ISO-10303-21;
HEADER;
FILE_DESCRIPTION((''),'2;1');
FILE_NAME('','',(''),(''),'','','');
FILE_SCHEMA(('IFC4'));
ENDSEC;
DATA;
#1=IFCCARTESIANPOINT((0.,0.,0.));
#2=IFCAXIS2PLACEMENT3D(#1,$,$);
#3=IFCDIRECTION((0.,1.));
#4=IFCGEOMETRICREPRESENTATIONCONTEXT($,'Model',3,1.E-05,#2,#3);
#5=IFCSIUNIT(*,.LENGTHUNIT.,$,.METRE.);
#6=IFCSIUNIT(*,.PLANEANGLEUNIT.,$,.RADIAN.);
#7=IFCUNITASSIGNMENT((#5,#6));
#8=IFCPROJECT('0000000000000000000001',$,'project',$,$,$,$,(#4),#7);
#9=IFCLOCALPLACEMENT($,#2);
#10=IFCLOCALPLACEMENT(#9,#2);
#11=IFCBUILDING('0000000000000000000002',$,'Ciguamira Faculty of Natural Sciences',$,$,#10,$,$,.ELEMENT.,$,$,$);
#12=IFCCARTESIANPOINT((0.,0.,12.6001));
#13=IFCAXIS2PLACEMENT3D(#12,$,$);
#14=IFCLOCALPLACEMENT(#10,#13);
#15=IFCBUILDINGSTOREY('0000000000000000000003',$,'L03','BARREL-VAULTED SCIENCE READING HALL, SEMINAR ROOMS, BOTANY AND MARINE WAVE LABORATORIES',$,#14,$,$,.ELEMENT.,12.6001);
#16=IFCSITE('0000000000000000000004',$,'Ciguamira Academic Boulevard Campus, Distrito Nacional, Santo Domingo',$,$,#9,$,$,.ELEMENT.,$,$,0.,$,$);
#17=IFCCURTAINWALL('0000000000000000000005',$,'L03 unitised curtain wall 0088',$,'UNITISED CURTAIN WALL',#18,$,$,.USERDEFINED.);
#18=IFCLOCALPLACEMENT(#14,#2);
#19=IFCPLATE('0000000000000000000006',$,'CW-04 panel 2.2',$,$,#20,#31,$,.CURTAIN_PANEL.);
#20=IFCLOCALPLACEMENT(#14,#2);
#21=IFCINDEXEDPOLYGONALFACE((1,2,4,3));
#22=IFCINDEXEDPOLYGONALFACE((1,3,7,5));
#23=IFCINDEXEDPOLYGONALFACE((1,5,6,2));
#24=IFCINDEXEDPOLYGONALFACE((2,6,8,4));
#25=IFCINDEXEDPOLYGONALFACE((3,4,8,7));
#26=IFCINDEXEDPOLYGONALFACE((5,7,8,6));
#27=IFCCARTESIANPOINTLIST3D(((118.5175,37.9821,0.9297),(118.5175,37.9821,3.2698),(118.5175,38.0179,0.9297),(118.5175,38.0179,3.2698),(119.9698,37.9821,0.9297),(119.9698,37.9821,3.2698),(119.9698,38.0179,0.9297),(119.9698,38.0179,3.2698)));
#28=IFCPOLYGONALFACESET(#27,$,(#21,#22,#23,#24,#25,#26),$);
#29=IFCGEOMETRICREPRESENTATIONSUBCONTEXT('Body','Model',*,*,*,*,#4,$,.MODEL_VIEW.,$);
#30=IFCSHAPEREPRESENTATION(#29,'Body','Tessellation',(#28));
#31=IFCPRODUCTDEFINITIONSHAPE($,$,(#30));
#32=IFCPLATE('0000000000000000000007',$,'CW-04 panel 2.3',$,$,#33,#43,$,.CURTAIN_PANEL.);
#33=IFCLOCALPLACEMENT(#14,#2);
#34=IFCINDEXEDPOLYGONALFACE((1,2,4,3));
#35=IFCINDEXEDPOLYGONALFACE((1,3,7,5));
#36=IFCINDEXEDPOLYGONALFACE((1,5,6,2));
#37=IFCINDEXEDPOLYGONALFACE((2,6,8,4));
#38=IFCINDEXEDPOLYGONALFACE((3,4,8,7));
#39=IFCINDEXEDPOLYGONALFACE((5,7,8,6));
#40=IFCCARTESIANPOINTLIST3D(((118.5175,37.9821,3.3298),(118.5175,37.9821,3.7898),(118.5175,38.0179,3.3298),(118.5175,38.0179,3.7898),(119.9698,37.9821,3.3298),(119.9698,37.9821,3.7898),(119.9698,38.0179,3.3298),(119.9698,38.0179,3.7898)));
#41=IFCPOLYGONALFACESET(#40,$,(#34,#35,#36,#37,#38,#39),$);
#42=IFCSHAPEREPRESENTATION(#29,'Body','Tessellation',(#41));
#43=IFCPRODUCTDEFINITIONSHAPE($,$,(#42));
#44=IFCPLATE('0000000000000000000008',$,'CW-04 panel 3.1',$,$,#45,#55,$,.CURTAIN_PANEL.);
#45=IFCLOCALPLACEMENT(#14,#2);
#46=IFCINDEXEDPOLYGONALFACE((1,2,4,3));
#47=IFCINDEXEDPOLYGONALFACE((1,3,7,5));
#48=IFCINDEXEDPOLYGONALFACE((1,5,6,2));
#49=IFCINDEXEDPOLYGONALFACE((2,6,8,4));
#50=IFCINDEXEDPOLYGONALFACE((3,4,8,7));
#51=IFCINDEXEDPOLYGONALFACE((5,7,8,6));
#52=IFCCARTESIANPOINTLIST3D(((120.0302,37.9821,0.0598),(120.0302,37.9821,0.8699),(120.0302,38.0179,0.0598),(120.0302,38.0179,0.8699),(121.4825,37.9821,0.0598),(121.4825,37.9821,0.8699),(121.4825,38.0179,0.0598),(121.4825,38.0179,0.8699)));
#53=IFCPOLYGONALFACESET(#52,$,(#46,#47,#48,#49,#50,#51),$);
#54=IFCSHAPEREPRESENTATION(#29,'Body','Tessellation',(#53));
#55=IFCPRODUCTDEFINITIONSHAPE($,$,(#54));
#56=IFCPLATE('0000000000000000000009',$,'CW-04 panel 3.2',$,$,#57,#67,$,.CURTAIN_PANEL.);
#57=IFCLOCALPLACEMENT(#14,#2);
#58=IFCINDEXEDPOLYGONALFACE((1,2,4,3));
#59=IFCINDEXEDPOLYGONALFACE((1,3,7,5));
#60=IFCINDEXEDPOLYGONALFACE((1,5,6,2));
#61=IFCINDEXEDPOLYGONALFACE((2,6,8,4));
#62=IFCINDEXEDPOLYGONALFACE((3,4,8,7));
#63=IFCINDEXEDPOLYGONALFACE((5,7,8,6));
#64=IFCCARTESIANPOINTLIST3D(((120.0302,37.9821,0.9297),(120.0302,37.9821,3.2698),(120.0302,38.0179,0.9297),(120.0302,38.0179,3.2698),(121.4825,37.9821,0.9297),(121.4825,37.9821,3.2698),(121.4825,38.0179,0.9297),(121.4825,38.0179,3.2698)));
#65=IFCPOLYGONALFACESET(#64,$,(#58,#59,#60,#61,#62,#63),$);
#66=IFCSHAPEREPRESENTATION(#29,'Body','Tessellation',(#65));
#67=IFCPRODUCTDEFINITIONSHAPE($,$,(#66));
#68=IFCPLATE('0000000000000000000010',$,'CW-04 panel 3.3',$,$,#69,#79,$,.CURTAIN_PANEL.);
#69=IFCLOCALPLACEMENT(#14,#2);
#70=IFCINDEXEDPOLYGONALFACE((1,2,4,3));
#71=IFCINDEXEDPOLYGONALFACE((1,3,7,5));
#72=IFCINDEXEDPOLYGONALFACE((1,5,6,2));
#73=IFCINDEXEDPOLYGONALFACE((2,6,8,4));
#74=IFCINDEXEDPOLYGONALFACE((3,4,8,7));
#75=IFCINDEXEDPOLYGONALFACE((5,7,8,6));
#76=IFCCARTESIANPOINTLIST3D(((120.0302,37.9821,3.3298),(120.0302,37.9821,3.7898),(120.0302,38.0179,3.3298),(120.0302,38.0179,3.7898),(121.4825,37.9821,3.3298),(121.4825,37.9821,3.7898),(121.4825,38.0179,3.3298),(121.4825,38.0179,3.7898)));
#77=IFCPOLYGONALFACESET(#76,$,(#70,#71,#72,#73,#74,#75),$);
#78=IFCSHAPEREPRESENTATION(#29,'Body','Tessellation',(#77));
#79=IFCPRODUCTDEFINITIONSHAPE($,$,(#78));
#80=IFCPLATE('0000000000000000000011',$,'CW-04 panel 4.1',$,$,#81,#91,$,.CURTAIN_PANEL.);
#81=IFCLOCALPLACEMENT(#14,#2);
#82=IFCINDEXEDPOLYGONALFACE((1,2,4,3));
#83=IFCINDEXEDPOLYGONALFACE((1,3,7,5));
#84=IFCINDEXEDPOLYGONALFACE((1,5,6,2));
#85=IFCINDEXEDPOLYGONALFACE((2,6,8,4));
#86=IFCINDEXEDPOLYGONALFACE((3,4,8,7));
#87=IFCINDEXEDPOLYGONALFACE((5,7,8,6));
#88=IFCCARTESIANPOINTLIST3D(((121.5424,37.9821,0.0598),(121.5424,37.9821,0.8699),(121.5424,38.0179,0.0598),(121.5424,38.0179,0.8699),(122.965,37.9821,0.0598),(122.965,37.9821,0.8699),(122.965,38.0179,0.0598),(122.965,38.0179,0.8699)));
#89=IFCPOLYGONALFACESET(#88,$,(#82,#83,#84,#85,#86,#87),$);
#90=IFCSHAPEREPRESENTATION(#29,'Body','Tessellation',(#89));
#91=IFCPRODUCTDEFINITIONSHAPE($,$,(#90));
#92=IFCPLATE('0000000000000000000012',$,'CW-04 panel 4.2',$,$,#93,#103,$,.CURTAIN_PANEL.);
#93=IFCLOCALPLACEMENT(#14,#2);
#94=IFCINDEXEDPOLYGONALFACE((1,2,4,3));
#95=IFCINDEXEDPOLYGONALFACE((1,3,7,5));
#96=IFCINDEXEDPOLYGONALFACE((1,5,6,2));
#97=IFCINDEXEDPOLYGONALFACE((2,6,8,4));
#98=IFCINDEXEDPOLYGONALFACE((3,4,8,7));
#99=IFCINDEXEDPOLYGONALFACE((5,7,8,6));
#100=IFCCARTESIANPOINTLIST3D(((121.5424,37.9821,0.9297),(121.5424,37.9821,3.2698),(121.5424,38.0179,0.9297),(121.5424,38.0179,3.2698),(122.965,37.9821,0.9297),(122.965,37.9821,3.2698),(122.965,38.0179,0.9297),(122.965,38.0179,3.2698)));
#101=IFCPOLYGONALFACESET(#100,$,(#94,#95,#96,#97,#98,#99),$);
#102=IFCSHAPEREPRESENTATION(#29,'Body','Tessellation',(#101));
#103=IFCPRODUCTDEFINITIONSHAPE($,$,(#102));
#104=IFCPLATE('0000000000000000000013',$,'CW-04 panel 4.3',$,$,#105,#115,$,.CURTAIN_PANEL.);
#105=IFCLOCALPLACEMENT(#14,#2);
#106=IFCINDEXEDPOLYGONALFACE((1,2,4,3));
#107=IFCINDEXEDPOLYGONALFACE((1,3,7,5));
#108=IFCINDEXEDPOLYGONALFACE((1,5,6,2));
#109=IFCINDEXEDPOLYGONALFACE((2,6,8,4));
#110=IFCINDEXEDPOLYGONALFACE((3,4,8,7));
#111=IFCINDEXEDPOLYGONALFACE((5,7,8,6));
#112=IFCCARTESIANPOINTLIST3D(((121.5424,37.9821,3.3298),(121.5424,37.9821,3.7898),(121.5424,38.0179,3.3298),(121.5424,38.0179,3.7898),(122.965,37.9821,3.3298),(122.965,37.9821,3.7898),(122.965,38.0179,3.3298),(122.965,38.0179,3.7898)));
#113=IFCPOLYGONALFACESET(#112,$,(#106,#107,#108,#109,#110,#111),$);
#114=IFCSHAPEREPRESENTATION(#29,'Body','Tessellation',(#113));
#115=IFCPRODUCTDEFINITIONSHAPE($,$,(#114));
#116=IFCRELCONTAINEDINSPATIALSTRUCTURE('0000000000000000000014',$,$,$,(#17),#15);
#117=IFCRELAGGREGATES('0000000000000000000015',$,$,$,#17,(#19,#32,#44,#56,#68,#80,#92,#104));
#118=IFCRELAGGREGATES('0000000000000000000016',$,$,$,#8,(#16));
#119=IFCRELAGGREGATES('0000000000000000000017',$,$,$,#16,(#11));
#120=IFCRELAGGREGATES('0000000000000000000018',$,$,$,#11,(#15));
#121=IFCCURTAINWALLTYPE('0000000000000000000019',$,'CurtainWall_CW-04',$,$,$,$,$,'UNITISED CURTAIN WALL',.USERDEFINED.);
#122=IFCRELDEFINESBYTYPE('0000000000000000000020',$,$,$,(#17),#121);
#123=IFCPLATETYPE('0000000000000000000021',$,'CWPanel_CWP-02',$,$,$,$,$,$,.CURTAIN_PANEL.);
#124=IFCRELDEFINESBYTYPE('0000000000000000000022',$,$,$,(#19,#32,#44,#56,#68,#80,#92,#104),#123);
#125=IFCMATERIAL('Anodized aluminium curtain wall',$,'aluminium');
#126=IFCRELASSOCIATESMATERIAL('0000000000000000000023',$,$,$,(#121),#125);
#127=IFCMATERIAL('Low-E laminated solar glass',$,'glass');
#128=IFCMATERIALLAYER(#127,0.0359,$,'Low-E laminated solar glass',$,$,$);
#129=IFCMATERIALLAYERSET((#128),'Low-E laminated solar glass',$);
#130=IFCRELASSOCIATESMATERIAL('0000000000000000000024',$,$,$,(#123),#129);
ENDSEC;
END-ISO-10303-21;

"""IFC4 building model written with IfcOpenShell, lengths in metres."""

from ifc_helpers import new_model, si_unit, direction, frame, origin, origin_2d, place, context, subcontext, project, spatial, rectangle, extrude, material, layer, layer_set, type_object, element, aggregate, save


model = new_model("IFC4")

# Units and contexts
model_context = context("Model", 3, precision=1e-05, world=origin(), true_north=direction((0.0, 1.0)))
body_context = subcontext(model_context, "Body", "Model", "MODEL_VIEW")
ifc_project = project(units=[si_unit("LENGTHUNIT", "METRE"), si_unit("PLANEANGLEUNIT", "RADIAN")], contexts=[model_context])

# Site, building, storey
site_placement = place(None, origin())
site = spatial("IfcSite", under=ifc_project, at=site_placement, Name="Ciguamira Academic Boulevard Campus, Distrito Nacional, Santo Domingo", CompositionType="ELEMENT", RefElevation=0.0)
building_placement = place(site_placement, origin())
building = spatial("IfcBuilding", under=site, at=building_placement, Name="Ciguamira Faculty of Natural Sciences", CompositionType="ELEMENT")
storey_placement = place(building_placement, frame((0.0, 0.0, 12.6001)))
storey = spatial("IfcBuildingStorey", under=building, at=storey_placement, Name="L03", Description="BARREL-VAULTED SCIENCE READING HALL, SEMINAR ROOMS, BOTANY AND MARINE WAVE LABORATORIES", CompositionType="ELEMENT", Elevation=12.6001)

# Curtain wall, plates
ifc_material_1 = material(Name="Anodized aluminium curtain wall", Category="aluminium")
curtain_wall_type = type_object("IfcCurtainWallType", Name="CurtainWall_CW-04", ElementType="UNITISED CURTAIN WALL", PredefinedType="USERDEFINED", material=ifc_material_1)
curtain_wall_placement = place(storey_placement, origin())
curtain_wall = element("IfcCurtainWall", 1, at=curtain_wall_placement, inside=storey, type_object=curtain_wall_type, Name="L03 unitised curtain wall 0088", ObjectType="UNITISED CURTAIN WALL", PredefinedType="USERDEFINED")
ifc_material_2 = material(Name="Low-E laminated solar glass", Category="glass")
ifc_layer = layer(ifc_material_2, 0.0359, Name="Low-E laminated solar glass")
ifc_layer_set = layer_set([ifc_layer], Name="Low-E laminated solar glass")
plate_type = type_object("IfcPlateType", Name="CWPanel_CWP-02", PredefinedType="CURTAIN_PANEL", material=ifc_layer_set)
plate_1_placement = place(storey_placement, frame((119.2437, 38.0, 0.9297), z_axis=(0.0, 0.0, 1.0), x_axis=(1.0, 0.0, 0.0)))
plate_1 = element("IfcPlate", 2, at=plate_1_placement, type_object=plate_type, Name="CW-04 panel 2.2", PredefinedType="CURTAIN_PANEL", context=body_context, shape_type="SweptSolid", body=[
    extrude(rectangle(XDim=1.4524, YDim=0.0359, at=origin_2d()), origin(), (0.0, 0.0, 1.0), 2.3401),
])
plate_2_placement = place(storey_placement, frame((119.2437, 38.0, 3.3298), z_axis=(0.0, 0.0, 1.0), x_axis=(1.0, 0.0, 0.0)))
plate_2 = element("IfcPlate", 3, at=plate_2_placement, type_object=plate_type, Name="CW-04 panel 2.3", PredefinedType="CURTAIN_PANEL", context=body_context, shape_type="SweptSolid", body=[
    extrude(rectangle(XDim=1.4524, YDim=0.0359, at=origin_2d()), origin(), (0.0, 0.0, 1.0), 0.46),
])
plate_3_placement = place(storey_placement, frame((120.7563, 38.0, 0.0598), z_axis=(0.0, 0.0, 1.0), x_axis=(1.0, 0.0, 0.0)))
plate_3 = element("IfcPlate", 4, at=plate_3_placement, type_object=plate_type, Name="CW-04 panel 3.1", PredefinedType="CURTAIN_PANEL", context=body_context, shape_type="SweptSolid", body=[
    extrude(rectangle(XDim=1.4524, YDim=0.0359, at=origin_2d()), origin(), (0.0, 0.0, 1.0), 0.8101),
])
plate_4_placement = place(storey_placement, frame((120.7563, 38.0, 0.9297), z_axis=(0.0, 0.0, 1.0), x_axis=(1.0, 0.0, 0.0)))
plate_4 = element("IfcPlate", 5, at=plate_4_placement, type_object=plate_type, Name="CW-04 panel 3.2", PredefinedType="CURTAIN_PANEL", context=body_context, shape_type="SweptSolid", body=[
    extrude(rectangle(XDim=1.4524, YDim=0.0359, at=origin_2d()), origin(), (0.0, 0.0, 1.0), 2.3401),
])
plate_5_placement = place(storey_placement, frame((120.7563, 38.0, 3.3298), z_axis=(0.0, 0.0, 1.0), x_axis=(1.0, 0.0, 0.0)))
plate_5 = element("IfcPlate", 6, at=plate_5_placement, type_object=plate_type, Name="CW-04 panel 3.3", PredefinedType="CURTAIN_PANEL", context=body_context, shape_type="SweptSolid", body=[
    extrude(rectangle(XDim=1.4524, YDim=0.0359, at=origin_2d()), origin(), (0.0, 0.0, 1.0), 0.46),
])
plate_6_placement = place(storey_placement, frame((122.2537, 38.0, 0.0598), z_axis=(0.0, 0.0, 1.0), x_axis=(1.0, 0.0, 0.0)))
plate_6 = element("IfcPlate", 7, at=plate_6_placement, type_object=plate_type, Name="CW-04 panel 4.1", PredefinedType="CURTAIN_PANEL", context=body_context, shape_type="SweptSolid", body=[
    extrude(rectangle(XDim=1.4226, YDim=0.0359, at=origin_2d()), origin(), (0.0, 0.0, 1.0), 0.8101),
])
plate_7_placement = place(storey_placement, frame((122.2537, 38.0, 0.9297), z_axis=(0.0, 0.0, 1.0), x_axis=(1.0, 0.0, 0.0)))
plate_7 = element("IfcPlate", 8, at=plate_7_placement, type_object=plate_type, Name="CW-04 panel 4.2", PredefinedType="CURTAIN_PANEL", context=body_context, shape_type="SweptSolid", body=[
    extrude(rectangle(XDim=1.4226, YDim=0.0359, at=origin_2d()), origin(), (0.0, 0.0, 1.0), 2.3401),
])
plate_8_placement = place(storey_placement, frame((122.2537, 38.0, 3.3298), z_axis=(0.0, 0.0, 1.0), x_axis=(1.0, 0.0, 0.0)))
plate_8 = element("IfcPlate", 9, at=plate_8_placement, type_object=plate_type, Name="CW-04 panel 4.3", PredefinedType="CURTAIN_PANEL", context=body_context, shape_type="SweptSolid", body=[
    extrude(rectangle(XDim=1.4226, YDim=0.0359, at=origin_2d()), origin(), (0.0, 0.0, 1.0), 0.46),
])
aggregate(curtain_wall, [plate_1, plate_2, plate_3, plate_4, plate_5, plate_6, plate_7, plate_8])

save(model, "model.ifc")
